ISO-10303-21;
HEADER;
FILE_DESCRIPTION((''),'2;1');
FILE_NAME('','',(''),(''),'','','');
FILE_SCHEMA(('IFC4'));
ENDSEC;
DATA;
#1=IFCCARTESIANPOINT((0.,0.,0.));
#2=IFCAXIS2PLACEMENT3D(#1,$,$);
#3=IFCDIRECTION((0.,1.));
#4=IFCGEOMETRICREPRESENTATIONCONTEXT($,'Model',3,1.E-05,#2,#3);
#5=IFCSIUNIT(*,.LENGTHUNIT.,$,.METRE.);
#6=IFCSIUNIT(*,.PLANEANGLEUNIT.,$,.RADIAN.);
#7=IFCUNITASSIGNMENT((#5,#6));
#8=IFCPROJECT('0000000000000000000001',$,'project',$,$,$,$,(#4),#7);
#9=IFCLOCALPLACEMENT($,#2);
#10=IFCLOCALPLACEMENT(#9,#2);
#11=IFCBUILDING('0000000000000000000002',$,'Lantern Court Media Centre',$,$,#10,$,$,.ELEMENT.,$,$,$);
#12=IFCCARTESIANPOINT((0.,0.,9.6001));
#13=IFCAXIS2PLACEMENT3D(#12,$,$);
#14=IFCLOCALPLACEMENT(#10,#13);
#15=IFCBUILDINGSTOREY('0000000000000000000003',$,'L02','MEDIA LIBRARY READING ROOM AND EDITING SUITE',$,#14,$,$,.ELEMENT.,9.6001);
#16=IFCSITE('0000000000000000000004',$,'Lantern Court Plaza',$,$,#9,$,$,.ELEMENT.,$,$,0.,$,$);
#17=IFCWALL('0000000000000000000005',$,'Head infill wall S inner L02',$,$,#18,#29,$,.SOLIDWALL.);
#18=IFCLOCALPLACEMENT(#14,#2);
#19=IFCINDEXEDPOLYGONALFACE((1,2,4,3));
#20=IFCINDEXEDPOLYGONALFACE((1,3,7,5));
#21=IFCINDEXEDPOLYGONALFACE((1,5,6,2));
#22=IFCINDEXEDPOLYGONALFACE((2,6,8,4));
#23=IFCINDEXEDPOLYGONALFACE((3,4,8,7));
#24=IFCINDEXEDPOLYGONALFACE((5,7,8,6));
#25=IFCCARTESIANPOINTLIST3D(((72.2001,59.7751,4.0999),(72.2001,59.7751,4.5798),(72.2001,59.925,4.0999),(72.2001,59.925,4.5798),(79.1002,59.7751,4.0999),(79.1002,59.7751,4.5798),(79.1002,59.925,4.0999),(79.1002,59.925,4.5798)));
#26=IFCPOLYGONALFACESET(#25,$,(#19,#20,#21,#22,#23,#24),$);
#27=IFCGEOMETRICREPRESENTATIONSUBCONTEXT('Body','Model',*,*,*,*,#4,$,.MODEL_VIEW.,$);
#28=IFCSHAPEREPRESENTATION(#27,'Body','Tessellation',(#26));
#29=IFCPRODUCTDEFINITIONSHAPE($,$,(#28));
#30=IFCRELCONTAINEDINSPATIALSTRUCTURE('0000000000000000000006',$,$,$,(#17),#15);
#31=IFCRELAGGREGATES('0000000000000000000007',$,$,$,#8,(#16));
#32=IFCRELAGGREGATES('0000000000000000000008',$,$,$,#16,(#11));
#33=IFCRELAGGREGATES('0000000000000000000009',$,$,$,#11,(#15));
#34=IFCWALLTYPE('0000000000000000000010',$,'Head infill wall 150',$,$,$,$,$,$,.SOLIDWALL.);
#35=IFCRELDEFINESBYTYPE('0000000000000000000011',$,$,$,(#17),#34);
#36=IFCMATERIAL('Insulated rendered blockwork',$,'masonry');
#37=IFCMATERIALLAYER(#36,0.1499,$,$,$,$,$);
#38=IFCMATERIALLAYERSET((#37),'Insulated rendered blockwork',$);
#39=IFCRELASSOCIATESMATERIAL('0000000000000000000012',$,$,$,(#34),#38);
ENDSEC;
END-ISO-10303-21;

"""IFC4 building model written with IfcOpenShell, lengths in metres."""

from ifc_helpers import new_model, si_unit, direction, frame, frame_2d, origin, place, context, subcontext, project, spatial, rectangle, extrude, material, layer, layer_set, type_object, element, save


model = new_model("IFC4")

# Units and contexts
model_context = context("Model", 3, precision=1e-05, world=origin(), true_north=direction((0.0, 1.0)))
body_context = subcontext(model_context, "Body", "Model", "MODEL_VIEW")
ifc_project = project(units=[si_unit("LENGTHUNIT", "METRE"), si_unit("PLANEANGLEUNIT", "RADIAN")], contexts=[model_context])

# Site, building, storey
site_placement = place(None, origin())
site = spatial("IfcSite", under=ifc_project, at=site_placement, Name="Lantern Court Plaza", CompositionType="ELEMENT", RefElevation=0.0)
building_placement = place(site_placement, origin())
building = spatial("IfcBuilding", under=site, at=building_placement, Name="Lantern Court Media Centre", CompositionType="ELEMENT")
storey_placement = place(building_placement, frame((0.0, 0.0, 9.6001)))
storey = spatial("IfcBuildingStorey", under=building, at=storey_placement, Name="L02", Description="MEDIA LIBRARY READING ROOM AND EDITING SUITE", CompositionType="ELEMENT", Elevation=9.6001)

# Wall
ifc_material_1 = material(Name="Insulated rendered blockwork", Category="masonry")
ifc_layer_1 = layer(ifc_material_1, 0.1499)
ifc_layer_set_1 = layer_set([ifc_layer_1], Name="Insulated rendered blockwork")
wall_type = type_object("IfcWallType", Name="Head infill wall 150", PredefinedType="SOLIDWALL", material=ifc_layer_set_1)
wall_1_placement = place(storey_placement, frame((72.2, 59.8501, 4.0999), z_axis=(0.0, 0.0, 1.0), x_axis=(1.0, 0.0, 0.0)))
element("IfcWall", 1, at=wall_1_placement, inside=storey, type_object=wall_type, Name="Head infill wall S inner L02", PredefinedType="SOLIDWALL", context=body_context, shape_type="SweptSolid", body=[
    extrude(rectangle(XDim=6.9001, YDim=0.1499, at=frame_2d((3.4502, 0.0))), origin(), (0.0, 0.0, 1.0), 0.48),
])

save(model, "model.ifc")
